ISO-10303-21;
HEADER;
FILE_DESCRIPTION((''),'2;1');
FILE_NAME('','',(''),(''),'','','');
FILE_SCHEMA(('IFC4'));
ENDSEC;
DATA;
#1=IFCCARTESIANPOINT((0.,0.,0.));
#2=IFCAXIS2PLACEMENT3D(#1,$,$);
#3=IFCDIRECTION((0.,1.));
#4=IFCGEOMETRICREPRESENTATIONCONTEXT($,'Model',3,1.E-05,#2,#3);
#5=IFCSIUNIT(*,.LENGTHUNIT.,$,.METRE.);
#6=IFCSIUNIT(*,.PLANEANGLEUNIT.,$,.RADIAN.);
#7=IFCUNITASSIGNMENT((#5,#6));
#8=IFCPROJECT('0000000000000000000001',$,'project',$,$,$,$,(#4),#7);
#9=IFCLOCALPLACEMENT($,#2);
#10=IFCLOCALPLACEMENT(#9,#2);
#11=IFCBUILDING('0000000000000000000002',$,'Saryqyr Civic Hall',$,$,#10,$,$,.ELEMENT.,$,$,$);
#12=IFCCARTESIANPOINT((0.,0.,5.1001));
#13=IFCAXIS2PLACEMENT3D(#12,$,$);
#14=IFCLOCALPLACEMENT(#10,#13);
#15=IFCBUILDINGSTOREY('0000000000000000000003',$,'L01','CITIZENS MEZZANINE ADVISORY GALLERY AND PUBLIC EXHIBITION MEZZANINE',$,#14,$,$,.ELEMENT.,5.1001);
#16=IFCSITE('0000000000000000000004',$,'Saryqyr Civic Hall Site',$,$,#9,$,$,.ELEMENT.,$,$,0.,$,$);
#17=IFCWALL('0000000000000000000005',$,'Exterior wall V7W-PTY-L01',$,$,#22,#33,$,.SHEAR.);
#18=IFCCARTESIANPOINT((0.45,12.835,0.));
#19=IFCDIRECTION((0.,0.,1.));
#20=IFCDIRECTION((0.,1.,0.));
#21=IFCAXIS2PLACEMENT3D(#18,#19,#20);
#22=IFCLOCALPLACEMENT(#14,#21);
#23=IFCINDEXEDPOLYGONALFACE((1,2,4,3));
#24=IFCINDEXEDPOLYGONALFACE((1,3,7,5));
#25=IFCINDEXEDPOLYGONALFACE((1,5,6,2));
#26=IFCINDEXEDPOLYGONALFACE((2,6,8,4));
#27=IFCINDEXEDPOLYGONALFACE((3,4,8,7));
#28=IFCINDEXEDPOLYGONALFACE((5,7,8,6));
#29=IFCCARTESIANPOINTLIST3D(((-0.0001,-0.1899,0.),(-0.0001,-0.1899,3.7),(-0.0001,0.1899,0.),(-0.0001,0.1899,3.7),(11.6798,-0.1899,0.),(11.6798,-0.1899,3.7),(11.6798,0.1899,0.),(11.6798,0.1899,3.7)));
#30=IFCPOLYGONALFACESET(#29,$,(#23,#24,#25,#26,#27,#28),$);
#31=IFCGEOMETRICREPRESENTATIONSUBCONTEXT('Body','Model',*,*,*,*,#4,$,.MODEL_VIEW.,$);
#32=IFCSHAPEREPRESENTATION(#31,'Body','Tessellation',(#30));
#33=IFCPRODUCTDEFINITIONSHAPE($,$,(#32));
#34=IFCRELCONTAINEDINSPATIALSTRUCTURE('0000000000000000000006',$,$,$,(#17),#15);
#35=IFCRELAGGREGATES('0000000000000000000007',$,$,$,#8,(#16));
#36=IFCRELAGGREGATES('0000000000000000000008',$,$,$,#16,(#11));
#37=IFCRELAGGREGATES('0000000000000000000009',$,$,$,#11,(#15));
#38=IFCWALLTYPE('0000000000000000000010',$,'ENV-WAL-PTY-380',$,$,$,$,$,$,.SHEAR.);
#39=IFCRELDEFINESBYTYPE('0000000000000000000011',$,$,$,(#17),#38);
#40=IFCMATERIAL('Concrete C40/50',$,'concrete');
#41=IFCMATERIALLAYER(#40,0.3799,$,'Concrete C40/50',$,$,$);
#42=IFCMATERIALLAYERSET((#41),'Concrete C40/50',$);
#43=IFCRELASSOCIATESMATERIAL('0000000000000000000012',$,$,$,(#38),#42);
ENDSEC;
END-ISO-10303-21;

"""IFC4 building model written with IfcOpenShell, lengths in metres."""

from ifc_helpers import new_model, si_unit, direction, frame, frame_2d, origin, place, context, subcontext, project, spatial, rectangle, extrude, material, layer, layer_set, type_object, element, save


model = new_model("IFC4")

# Units and contexts
model_context = context("Model", 3, precision=1e-05, world=origin(), true_north=direction((0.0, 1.0)))
body_context = subcontext(model_context, "Body", "Model", "MODEL_VIEW")
ifc_project = project(units=[si_unit("LENGTHUNIT", "METRE"), si_unit("PLANEANGLEUNIT", "RADIAN")], contexts=[model_context])

# Site, building, storey
site_placement = place(None, origin())
site = spatial("IfcSite", under=ifc_project, at=site_placement, Name="Saryqyr Civic Hall Site", CompositionType="ELEMENT", RefElevation=0.0)
building_placement = place(site_placement, origin())
building = spatial("IfcBuilding", under=site, at=building_placement, Name="Saryqyr Civic Hall", CompositionType="ELEMENT")
storey_placement = place(building_placement, frame((0.0, 0.0, 5.1001)))
storey = spatial("IfcBuildingStorey", under=building, at=storey_placement, Name="L01", Description="CITIZENS MEZZANINE ADVISORY GALLERY AND PUBLIC EXHIBITION MEZZANINE", CompositionType="ELEMENT", Elevation=5.1001)

# Shared definitions
ifc_material_1 = material(Name="Concrete C40/50", Category="concrete")

# Wall
ifc_layer_1 = layer(ifc_material_1, 0.3799, Name="Concrete C40/50")
ifc_layer_set_1 = layer_set([ifc_layer_1], Name="Concrete C40/50")
wall_type_1 = type_object("IfcWallType", Name="ENV-WAL-PTY-380", PredefinedType="SHEAR", material=ifc_layer_set_1)
wall_1_placement = place(storey_placement, frame((0.45, 12.835, 0.0), z_axis=(0.0, 0.0, 1.0), x_axis=(0.0, 1.0, 0.0)))
element("IfcWall", 1, at=wall_1_placement, inside=storey, type_object=wall_type_1, Name="Exterior wall V7W-PTY-L01", PredefinedType="SHEAR", context=body_context, shape_type="SweptSolid", body=[
    extrude(rectangle(XDim=11.6799, YDim=0.3799, at=frame_2d((5.8398, 0.0))), origin(), (0.0, 0.0, 1.0), 3.7),
])

save(model, "model.ifc")
